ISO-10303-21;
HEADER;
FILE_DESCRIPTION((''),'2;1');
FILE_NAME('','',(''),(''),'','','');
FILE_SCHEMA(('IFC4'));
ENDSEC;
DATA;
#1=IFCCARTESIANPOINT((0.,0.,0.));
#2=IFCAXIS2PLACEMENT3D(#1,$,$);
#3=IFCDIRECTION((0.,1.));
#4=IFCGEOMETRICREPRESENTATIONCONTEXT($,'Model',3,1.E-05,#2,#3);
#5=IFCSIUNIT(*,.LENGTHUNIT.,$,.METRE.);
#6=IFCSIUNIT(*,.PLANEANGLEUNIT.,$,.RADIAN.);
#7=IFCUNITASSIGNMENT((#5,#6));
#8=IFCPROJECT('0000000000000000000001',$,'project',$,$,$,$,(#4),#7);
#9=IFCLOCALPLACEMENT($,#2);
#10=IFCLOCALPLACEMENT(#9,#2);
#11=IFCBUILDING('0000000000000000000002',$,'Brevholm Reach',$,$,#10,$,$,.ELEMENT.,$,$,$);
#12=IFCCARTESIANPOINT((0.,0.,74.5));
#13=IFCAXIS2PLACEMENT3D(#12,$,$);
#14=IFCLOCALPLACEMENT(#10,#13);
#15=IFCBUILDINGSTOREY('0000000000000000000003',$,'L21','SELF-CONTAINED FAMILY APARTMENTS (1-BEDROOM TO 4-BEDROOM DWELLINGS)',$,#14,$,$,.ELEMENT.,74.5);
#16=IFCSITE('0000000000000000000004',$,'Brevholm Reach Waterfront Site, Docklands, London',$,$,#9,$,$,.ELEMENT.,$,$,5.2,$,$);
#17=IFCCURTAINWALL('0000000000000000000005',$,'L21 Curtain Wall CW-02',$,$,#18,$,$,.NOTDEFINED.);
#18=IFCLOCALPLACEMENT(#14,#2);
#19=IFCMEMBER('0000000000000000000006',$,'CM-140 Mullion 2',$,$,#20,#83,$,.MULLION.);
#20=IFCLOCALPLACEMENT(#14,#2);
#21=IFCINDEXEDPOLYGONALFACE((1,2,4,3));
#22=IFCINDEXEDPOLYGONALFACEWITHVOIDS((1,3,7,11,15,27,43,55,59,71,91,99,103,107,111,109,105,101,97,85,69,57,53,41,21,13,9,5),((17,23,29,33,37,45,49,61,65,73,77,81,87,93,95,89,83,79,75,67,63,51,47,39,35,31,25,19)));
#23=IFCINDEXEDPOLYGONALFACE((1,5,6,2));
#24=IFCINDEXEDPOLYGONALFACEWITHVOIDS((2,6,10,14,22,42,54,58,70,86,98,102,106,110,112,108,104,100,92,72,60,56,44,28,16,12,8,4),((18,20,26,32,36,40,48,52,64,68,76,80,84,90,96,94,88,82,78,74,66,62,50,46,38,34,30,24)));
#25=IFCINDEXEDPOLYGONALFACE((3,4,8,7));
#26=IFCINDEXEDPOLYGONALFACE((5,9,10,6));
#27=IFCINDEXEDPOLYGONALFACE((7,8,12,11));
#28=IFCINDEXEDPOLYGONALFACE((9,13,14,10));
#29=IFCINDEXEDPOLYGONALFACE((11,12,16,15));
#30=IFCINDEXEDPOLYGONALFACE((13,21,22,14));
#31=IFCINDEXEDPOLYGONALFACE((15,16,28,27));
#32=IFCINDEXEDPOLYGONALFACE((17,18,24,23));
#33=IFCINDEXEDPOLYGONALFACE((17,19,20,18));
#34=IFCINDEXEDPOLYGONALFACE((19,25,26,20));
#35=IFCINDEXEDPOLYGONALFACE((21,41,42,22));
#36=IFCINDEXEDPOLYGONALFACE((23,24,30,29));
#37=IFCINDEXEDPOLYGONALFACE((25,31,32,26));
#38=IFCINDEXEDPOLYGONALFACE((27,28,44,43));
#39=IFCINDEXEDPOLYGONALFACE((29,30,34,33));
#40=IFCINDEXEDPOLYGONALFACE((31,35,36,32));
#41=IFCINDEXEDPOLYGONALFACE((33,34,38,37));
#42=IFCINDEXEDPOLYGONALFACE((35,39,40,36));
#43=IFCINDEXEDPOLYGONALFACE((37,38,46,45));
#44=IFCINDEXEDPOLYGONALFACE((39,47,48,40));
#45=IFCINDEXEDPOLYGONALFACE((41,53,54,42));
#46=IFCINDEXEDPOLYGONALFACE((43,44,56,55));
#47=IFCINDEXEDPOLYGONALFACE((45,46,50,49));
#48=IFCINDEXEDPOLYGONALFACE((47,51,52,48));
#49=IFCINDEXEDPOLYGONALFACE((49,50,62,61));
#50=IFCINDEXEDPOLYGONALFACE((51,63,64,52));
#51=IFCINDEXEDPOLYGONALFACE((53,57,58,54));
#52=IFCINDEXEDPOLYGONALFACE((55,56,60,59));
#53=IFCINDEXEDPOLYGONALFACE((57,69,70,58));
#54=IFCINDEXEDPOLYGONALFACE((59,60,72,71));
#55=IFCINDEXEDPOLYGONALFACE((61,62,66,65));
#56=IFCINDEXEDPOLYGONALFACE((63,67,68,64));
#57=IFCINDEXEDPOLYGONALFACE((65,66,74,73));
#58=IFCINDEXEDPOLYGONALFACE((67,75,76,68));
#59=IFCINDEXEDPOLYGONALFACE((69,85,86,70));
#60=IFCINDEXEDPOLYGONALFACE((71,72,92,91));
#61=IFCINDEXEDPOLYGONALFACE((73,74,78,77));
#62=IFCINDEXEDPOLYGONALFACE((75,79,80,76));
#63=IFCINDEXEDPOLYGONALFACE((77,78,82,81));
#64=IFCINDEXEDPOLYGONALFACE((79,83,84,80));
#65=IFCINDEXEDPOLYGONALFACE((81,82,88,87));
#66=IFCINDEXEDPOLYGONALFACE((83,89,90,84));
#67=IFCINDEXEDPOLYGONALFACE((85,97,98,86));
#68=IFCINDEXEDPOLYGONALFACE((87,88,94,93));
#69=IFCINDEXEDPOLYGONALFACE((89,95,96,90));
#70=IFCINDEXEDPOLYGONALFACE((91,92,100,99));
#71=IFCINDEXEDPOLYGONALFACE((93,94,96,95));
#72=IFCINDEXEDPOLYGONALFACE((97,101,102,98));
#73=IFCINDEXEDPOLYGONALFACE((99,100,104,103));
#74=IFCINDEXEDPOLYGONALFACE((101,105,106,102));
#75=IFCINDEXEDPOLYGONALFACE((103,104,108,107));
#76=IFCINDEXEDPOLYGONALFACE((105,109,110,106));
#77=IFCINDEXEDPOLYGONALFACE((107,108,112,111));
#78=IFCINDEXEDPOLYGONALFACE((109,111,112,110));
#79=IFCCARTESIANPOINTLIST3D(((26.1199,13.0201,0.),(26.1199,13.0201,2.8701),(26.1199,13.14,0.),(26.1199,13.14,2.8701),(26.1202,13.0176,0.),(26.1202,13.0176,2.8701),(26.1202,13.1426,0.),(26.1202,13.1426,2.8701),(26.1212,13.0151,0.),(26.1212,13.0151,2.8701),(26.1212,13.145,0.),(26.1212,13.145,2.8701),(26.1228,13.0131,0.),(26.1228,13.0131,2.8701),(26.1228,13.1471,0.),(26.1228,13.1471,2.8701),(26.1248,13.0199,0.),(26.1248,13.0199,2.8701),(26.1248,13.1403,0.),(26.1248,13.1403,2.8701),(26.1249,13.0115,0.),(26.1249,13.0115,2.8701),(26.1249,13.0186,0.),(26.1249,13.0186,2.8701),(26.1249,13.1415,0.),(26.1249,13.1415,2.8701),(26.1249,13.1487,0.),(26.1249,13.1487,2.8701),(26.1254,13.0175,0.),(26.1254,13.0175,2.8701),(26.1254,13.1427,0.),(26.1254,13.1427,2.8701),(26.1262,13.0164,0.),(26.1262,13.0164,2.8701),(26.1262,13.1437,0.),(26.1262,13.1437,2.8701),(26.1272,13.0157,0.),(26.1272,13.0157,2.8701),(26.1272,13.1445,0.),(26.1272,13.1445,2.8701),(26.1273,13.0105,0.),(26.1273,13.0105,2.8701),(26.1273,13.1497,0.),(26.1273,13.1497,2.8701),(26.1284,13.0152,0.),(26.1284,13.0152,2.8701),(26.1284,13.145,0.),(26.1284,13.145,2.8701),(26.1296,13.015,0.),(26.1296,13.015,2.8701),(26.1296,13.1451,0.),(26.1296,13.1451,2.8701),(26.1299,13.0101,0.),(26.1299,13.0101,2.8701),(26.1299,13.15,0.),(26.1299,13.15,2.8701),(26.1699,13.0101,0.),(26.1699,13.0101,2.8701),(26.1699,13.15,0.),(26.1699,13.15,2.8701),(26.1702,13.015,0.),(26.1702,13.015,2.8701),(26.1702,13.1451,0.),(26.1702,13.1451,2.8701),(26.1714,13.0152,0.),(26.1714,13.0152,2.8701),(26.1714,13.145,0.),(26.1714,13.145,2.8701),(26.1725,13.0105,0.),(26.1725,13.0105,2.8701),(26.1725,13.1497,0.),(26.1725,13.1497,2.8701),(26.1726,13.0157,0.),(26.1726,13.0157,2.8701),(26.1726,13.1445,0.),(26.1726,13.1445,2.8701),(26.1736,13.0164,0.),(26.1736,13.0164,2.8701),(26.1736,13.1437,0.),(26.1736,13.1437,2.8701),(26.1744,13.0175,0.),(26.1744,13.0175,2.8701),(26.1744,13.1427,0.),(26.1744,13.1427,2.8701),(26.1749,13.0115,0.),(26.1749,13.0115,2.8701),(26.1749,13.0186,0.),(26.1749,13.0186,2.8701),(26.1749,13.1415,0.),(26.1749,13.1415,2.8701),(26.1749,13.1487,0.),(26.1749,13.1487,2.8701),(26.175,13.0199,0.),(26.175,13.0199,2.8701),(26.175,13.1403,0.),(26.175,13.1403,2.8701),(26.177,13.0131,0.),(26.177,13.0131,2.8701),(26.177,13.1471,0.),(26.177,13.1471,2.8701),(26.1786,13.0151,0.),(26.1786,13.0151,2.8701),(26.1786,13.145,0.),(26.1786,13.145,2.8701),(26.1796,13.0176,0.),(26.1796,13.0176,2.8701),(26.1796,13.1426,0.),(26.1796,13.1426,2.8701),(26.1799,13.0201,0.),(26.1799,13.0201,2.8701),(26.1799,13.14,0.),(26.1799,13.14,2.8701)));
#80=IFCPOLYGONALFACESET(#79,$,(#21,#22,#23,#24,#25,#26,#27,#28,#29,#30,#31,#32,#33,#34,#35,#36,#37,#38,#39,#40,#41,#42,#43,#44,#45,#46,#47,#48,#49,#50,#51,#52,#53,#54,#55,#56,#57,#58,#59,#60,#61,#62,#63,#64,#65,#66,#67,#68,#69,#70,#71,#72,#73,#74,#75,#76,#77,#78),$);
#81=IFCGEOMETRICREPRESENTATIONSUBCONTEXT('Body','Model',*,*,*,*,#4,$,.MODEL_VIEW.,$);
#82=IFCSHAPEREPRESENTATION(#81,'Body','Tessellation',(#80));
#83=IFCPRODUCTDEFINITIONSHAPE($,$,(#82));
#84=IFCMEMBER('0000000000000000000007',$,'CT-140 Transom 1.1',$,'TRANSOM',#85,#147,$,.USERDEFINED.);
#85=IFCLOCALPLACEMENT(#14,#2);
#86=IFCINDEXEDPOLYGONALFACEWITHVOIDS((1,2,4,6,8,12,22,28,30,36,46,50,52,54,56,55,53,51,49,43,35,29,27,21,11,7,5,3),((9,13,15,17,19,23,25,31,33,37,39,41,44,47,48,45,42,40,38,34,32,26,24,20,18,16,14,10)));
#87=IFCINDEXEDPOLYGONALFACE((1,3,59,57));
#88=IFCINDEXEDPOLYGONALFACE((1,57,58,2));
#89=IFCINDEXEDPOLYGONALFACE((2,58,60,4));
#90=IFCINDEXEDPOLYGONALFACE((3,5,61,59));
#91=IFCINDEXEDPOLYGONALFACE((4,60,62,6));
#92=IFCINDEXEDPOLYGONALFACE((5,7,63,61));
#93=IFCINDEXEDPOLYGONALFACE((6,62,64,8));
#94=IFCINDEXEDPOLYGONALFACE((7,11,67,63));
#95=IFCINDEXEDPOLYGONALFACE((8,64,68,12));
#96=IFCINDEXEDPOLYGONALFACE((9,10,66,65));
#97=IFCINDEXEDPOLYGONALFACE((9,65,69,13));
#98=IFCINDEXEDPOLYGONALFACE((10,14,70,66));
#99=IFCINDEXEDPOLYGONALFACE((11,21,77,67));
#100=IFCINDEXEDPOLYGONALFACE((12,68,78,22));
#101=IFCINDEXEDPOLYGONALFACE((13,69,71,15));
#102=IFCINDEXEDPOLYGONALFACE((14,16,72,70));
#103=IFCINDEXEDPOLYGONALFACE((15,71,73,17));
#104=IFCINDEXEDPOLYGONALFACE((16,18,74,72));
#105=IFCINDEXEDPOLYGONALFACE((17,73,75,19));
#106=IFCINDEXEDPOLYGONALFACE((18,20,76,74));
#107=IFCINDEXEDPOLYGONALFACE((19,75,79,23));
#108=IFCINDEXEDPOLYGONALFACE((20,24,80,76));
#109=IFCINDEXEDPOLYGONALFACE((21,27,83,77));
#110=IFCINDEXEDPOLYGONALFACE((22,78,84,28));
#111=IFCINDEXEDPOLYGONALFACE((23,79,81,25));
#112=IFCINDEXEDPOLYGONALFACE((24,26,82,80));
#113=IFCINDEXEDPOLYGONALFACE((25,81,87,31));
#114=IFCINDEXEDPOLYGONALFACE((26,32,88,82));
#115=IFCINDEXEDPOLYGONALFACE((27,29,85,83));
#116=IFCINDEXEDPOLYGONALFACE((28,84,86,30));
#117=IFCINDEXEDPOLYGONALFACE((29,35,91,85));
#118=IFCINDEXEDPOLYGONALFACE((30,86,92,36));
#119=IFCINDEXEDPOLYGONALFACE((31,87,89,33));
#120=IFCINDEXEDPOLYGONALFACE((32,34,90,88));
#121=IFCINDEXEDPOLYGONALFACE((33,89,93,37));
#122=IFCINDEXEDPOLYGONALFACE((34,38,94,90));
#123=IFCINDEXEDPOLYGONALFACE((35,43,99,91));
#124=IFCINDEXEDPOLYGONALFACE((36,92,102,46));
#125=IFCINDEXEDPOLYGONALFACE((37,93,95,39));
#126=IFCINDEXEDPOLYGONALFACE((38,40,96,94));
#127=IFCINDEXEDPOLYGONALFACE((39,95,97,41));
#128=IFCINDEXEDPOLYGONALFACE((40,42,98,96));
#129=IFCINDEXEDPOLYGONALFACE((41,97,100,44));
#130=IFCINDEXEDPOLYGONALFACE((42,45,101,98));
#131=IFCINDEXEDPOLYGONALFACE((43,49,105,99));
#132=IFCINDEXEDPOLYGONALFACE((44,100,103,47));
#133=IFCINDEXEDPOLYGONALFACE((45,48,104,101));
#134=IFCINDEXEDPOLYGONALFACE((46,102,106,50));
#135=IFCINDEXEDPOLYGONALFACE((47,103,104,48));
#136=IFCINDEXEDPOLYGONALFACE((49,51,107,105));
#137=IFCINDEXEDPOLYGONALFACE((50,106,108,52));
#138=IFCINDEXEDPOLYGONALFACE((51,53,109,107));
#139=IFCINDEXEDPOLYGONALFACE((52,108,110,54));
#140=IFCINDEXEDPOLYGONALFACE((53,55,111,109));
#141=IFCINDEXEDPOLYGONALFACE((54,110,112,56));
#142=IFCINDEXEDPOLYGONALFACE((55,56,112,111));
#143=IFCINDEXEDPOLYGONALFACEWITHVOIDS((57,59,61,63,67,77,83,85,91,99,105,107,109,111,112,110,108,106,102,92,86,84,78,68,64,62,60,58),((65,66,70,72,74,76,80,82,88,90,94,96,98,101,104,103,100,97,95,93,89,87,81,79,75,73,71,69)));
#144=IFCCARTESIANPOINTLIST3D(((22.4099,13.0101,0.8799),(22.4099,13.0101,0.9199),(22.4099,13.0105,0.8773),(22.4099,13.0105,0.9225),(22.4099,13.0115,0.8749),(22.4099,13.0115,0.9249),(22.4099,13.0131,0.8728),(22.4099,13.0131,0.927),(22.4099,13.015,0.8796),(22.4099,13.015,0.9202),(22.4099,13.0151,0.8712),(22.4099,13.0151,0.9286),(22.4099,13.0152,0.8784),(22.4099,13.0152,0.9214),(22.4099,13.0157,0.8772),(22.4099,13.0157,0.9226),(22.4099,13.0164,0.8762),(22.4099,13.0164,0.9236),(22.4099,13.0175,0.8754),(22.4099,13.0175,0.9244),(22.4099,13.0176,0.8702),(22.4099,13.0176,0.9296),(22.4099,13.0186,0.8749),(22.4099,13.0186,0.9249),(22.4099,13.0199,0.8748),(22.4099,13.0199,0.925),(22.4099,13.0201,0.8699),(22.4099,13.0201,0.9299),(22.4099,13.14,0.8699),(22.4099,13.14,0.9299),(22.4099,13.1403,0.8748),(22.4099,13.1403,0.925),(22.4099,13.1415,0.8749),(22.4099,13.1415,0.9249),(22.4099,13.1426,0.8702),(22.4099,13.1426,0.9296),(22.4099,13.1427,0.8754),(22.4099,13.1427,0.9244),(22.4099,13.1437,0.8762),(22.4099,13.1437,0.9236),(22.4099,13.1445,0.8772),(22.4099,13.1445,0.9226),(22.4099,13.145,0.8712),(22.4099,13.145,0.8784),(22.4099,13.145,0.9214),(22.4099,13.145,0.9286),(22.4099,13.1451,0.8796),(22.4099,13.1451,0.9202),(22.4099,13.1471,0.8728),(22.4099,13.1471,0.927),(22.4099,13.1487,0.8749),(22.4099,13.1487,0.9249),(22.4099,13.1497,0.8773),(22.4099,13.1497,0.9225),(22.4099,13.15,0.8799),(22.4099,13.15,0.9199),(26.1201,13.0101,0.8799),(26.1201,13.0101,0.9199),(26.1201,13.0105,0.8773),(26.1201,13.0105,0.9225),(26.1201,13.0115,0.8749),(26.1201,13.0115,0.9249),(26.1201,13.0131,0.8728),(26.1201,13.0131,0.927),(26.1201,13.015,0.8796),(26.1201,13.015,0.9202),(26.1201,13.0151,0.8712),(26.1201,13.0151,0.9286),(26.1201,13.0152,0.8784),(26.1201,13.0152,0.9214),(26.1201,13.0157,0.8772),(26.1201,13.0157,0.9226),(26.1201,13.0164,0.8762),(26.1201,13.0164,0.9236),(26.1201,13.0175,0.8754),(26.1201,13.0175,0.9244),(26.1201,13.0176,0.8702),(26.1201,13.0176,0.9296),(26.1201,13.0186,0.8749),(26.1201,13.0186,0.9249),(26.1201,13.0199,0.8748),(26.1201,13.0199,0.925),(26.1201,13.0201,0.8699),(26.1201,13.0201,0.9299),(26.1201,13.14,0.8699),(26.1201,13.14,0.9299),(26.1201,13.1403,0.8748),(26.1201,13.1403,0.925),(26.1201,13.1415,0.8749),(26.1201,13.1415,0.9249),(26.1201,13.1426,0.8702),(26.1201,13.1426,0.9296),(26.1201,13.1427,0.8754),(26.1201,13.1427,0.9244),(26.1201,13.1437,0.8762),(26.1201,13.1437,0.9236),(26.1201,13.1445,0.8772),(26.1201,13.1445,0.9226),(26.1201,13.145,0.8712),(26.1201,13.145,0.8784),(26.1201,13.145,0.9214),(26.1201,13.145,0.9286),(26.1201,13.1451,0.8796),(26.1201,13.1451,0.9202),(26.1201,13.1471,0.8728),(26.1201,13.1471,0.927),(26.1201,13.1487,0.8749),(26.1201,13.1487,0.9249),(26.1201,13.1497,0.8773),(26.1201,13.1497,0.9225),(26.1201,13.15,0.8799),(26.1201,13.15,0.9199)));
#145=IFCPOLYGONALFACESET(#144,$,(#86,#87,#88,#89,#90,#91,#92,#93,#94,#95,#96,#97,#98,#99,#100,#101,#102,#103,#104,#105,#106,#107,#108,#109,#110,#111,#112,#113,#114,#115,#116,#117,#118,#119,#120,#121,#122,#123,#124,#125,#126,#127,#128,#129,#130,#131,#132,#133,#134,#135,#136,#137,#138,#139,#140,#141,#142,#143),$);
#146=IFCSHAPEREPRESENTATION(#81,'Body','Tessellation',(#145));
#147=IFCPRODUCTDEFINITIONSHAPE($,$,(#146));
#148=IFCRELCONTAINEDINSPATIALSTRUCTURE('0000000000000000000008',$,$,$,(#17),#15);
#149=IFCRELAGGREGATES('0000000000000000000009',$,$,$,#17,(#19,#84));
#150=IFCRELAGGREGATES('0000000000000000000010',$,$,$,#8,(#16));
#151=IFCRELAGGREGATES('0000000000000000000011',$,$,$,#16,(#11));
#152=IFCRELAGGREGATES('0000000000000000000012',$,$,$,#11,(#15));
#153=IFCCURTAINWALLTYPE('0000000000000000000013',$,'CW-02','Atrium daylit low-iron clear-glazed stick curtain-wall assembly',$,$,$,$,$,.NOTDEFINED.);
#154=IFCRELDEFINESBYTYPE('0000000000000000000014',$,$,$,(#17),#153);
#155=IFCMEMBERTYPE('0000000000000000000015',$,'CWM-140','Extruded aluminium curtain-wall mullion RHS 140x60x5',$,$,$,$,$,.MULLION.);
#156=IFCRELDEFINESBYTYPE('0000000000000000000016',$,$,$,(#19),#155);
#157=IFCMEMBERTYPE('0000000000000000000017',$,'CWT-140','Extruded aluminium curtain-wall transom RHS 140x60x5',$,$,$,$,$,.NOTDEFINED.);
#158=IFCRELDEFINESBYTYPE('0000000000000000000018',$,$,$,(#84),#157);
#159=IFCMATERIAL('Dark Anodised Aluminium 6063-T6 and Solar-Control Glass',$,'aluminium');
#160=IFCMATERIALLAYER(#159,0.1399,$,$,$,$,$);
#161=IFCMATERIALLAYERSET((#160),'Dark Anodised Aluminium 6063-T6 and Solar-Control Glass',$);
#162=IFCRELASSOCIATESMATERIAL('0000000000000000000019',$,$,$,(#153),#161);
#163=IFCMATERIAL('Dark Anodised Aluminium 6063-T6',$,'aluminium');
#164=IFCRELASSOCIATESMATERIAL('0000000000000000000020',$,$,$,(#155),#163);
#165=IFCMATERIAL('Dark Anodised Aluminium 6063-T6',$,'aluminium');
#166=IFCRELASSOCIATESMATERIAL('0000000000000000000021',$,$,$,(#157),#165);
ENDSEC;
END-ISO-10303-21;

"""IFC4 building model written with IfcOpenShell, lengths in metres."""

from ifc_helpers import new_model, si_unit, direction, frame, origin, origin_2d, place, context, subcontext, project, spatial, hollow_rectangle, extrude, material, layer, layer_set, material_profile, profile_set, type_object, element, aggregate, save


model = new_model("IFC4")

# Units and contexts
model_context = context("Model", 3, precision=1e-05, world=origin(), true_north=direction((0.0, 1.0)))
body_context = subcontext(model_context, "Body", "Model", "MODEL_VIEW")
ifc_project = project(units=[si_unit("LENGTHUNIT", "METRE"), si_unit("PLANEANGLEUNIT", "RADIAN")], contexts=[model_context])

# Site, building, storey
site_placement = place(None, origin())
site = spatial("IfcSite", under=ifc_project, at=site_placement, Name="Brevholm Reach Waterfront Site, Docklands, London", CompositionType="ELEMENT", RefElevation=5.2)
building_placement = place(site_placement, origin())
building = spatial("IfcBuilding", under=site, at=building_placement, Name="Brevholm Reach", CompositionType="ELEMENT")
storey_placement = place(building_placement, frame((0.0, 0.0, 74.5)))
storey = spatial("IfcBuildingStorey", under=building, at=storey_placement, Name="L21", Description="SELF-CONTAINED FAMILY APARTMENTS (1-BEDROOM TO 4-BEDROOM DWELLINGS)", CompositionType="ELEMENT", Elevation=74.5)

# Curtain wall, members
ifc_material_1 = material(Name="Dark Anodised Aluminium 6063-T6 and Solar-Control Glass", Category="aluminium")
ifc_layer_1 = layer(ifc_material_1, 0.1399)
ifc_layer_set_1 = layer_set([ifc_layer_1], Name="Dark Anodised Aluminium 6063-T6 and Solar-Control Glass")
curtain_wall_type = type_object("IfcCurtainWallType", Name="CW-02", Description="Atrium daylit low-iron clear-glazed stick curtain-wall assembly", PredefinedType="NOTDEFINED", material=ifc_layer_set_1)
curtain_wall_placement = place(storey_placement, origin())
curtain_wall = element("IfcCurtainWall", 1, at=curtain_wall_placement, inside=storey, type_object=curtain_wall_type, Name="L21 Curtain Wall CW-02", PredefinedType="NOTDEFINED")
ifc_material_2 = material(Name="Dark Anodised Aluminium 6063-T6", Category="aluminium")
ifc_material_profile_1 = material_profile(ifc_material_2, hollow_rectangle(XDim=0.0601, YDim=0.1399, WallThickness=0.0049, InnerFilletRadius=0.0049, OuterFilletRadius=0.01, at=origin_2d()), Name="RHS 140x60x5")
ifc_profile_set_1 = profile_set([ifc_material_profile_1], Name="Dark Anodised Aluminium 6063-T6")
member_type_1 = type_object("IfcMemberType", Name="CWM-140", Description="Extruded aluminium curtain-wall mullion RHS 140x60x5", PredefinedType="MULLION", material=ifc_profile_set_1)
member_1_placement = place(storey_placement, frame((26.1499, 13.0801, 0.0), z_axis=(0.0, 0.0, 1.0), x_axis=(1.0, 0.0, 0.0)))
member_1 = element("IfcMember", 2, at=member_1_placement, type_object=member_type_1, Name="CM-140 Mullion 2", PredefinedType="MULLION", context=body_context, shape_type="SweptSolid", body=[
    extrude(hollow_rectangle(XDim=0.0601, YDim=0.1399, WallThickness=0.0049, InnerFilletRadius=0.0049, OuterFilletRadius=0.01, at=origin_2d()), origin(), (0.0, 0.0, 1.0), 2.8701),
])
ifc_material_3 = material(Name="Dark Anodised Aluminium 6063-T6", Category="aluminium")
ifc_material_profile_2 = material_profile(ifc_material_3, hollow_rectangle(XDim=0.0601, YDim=0.1399, WallThickness=0.0049, InnerFilletRadius=0.0049, OuterFilletRadius=0.01, at=origin_2d()), Name="RHS 140x60x5")
ifc_profile_set_2 = profile_set([ifc_material_profile_2], Name="Dark Anodised Aluminium 6063-T6")
member_type_2 = type_object("IfcMemberType", Name="CWT-140", Description="Extruded aluminium curtain-wall transom RHS 140x60x5", PredefinedType="NOTDEFINED", material=ifc_profile_set_2)
member_2_placement = place(storey_placement, frame((22.4099, 13.0801, 0.8999), z_axis=(1.0, 0.0, 0.0), x_axis=(0.0, 0.0, 1.0)))
member_2 = element("IfcMember", 3, at=member_2_placement, type_object=member_type_2, Name="CT-140 Transom 1.1", ObjectType="TRANSOM", PredefinedType="USERDEFINED", context=body_context, shape_type="SweptSolid", body=[
    extrude(hollow_rectangle(XDim=0.0601, YDim=0.1399, WallThickness=0.0049, InnerFilletRadius=0.0049, OuterFilletRadius=0.01, at=origin_2d()), origin(), (0.0, 0.0, 1.0), 3.7102),
])
aggregate(curtain_wall, [member_1, member_2])

save(model, "model.ifc")
